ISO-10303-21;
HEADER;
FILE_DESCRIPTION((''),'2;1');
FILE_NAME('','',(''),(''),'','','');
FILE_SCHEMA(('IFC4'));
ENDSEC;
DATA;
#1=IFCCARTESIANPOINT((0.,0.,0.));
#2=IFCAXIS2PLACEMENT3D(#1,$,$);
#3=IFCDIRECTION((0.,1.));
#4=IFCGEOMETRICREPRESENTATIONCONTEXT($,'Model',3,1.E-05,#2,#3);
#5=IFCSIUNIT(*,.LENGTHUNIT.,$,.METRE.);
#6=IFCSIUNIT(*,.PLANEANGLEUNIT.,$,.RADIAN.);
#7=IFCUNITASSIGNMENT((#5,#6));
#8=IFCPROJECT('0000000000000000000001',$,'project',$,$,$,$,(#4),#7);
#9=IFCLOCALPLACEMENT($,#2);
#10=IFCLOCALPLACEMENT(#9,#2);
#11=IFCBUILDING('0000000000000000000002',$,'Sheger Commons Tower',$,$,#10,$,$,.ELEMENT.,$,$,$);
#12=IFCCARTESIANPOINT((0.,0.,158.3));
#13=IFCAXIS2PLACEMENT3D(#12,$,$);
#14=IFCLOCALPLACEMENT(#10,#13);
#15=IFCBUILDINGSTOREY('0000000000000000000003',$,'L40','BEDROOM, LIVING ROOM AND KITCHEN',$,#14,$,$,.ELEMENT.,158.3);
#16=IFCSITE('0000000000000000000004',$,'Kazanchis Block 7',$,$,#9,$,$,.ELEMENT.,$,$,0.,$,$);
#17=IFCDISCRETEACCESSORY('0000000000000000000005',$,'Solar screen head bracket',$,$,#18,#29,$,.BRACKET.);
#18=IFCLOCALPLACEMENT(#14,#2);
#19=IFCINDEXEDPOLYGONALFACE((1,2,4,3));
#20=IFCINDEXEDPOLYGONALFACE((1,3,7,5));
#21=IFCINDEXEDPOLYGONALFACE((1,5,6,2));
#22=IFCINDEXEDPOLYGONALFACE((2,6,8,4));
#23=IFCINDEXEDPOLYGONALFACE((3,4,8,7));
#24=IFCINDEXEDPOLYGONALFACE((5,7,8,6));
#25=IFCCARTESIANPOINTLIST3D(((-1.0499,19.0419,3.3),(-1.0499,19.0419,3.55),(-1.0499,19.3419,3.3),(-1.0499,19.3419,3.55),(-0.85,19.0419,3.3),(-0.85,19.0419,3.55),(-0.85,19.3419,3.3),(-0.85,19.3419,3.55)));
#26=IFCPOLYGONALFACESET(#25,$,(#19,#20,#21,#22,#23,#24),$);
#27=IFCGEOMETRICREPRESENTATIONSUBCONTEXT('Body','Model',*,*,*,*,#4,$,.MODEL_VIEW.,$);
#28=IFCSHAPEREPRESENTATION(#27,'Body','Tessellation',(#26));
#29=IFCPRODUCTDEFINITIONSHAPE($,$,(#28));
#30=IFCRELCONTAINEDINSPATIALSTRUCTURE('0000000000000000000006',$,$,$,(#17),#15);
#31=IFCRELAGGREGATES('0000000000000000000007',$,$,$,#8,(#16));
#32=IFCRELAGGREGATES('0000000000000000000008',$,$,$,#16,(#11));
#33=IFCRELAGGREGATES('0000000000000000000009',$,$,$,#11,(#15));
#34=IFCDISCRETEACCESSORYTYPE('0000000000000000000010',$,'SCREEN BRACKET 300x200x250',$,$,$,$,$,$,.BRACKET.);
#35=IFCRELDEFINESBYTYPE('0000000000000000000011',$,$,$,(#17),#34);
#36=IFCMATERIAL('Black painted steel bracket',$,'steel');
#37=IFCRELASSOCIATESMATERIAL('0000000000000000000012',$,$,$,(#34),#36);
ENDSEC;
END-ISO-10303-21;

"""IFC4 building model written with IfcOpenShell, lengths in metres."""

from ifc_helpers import new_model, si_unit, direction, frame, origin, origin_2d, place, context, subcontext, project, spatial, rectangle, extrude, material, type_object, element, save


model = new_model("IFC4")

# Units and contexts
model_context = context("Model", 3, precision=1e-05, world=origin(), true_north=direction((0.0, 1.0)))
body_context = subcontext(model_context, "Body", "Model", "MODEL_VIEW")
ifc_project = project(units=[si_unit("LENGTHUNIT", "METRE"), si_unit("PLANEANGLEUNIT", "RADIAN")], contexts=[model_context])

# Site, building, storey
site_placement = place(None, origin())
site = spatial("IfcSite", under=ifc_project, at=site_placement, Name="Kazanchis Block 7", CompositionType="ELEMENT", RefElevation=0.0)
building_placement = place(site_placement, origin())
building = spatial("IfcBuilding", under=site, at=building_placement, Name="Sheger Commons Tower", CompositionType="ELEMENT")
storey_placement = place(building_placement, frame((0.0, 0.0, 158.3)))
storey = spatial("IfcBuildingStorey", under=building, at=storey_placement, Name="L40", Description="BEDROOM, LIVING ROOM AND KITCHEN", CompositionType="ELEMENT", Elevation=158.3)

# Discrete accessory
ifc_material_1 = material(Name="Black painted steel bracket", Category="steel")
discrete_accessory_type = type_object("IfcDiscreteAccessoryType", Name="SCREEN BRACKET 300x200x250", PredefinedType="BRACKET", material=ifc_material_1)
for number, where, z_axis, x_axis, name in (
    (1, (-0.95, 19.1919, 3.3), (0.0, 0.0, 1.0), (0.0, -1.0, 0.0), "Solar screen head bracket"),
):
    element("IfcDiscreteAccessory", number, at=place(storey_placement, frame(where, z_axis=z_axis, x_axis=x_axis)), inside=storey, type_object=discrete_accessory_type, Name=name, PredefinedType="BRACKET", context=body_context, shape_type="SweptSolid", body=[
        extrude(rectangle(XDim=0.3, YDim=0.2, at=origin_2d()), origin(), (0.0, 0.0, 1.0), 0.25),
    ])

save(model, "model.ifc")
